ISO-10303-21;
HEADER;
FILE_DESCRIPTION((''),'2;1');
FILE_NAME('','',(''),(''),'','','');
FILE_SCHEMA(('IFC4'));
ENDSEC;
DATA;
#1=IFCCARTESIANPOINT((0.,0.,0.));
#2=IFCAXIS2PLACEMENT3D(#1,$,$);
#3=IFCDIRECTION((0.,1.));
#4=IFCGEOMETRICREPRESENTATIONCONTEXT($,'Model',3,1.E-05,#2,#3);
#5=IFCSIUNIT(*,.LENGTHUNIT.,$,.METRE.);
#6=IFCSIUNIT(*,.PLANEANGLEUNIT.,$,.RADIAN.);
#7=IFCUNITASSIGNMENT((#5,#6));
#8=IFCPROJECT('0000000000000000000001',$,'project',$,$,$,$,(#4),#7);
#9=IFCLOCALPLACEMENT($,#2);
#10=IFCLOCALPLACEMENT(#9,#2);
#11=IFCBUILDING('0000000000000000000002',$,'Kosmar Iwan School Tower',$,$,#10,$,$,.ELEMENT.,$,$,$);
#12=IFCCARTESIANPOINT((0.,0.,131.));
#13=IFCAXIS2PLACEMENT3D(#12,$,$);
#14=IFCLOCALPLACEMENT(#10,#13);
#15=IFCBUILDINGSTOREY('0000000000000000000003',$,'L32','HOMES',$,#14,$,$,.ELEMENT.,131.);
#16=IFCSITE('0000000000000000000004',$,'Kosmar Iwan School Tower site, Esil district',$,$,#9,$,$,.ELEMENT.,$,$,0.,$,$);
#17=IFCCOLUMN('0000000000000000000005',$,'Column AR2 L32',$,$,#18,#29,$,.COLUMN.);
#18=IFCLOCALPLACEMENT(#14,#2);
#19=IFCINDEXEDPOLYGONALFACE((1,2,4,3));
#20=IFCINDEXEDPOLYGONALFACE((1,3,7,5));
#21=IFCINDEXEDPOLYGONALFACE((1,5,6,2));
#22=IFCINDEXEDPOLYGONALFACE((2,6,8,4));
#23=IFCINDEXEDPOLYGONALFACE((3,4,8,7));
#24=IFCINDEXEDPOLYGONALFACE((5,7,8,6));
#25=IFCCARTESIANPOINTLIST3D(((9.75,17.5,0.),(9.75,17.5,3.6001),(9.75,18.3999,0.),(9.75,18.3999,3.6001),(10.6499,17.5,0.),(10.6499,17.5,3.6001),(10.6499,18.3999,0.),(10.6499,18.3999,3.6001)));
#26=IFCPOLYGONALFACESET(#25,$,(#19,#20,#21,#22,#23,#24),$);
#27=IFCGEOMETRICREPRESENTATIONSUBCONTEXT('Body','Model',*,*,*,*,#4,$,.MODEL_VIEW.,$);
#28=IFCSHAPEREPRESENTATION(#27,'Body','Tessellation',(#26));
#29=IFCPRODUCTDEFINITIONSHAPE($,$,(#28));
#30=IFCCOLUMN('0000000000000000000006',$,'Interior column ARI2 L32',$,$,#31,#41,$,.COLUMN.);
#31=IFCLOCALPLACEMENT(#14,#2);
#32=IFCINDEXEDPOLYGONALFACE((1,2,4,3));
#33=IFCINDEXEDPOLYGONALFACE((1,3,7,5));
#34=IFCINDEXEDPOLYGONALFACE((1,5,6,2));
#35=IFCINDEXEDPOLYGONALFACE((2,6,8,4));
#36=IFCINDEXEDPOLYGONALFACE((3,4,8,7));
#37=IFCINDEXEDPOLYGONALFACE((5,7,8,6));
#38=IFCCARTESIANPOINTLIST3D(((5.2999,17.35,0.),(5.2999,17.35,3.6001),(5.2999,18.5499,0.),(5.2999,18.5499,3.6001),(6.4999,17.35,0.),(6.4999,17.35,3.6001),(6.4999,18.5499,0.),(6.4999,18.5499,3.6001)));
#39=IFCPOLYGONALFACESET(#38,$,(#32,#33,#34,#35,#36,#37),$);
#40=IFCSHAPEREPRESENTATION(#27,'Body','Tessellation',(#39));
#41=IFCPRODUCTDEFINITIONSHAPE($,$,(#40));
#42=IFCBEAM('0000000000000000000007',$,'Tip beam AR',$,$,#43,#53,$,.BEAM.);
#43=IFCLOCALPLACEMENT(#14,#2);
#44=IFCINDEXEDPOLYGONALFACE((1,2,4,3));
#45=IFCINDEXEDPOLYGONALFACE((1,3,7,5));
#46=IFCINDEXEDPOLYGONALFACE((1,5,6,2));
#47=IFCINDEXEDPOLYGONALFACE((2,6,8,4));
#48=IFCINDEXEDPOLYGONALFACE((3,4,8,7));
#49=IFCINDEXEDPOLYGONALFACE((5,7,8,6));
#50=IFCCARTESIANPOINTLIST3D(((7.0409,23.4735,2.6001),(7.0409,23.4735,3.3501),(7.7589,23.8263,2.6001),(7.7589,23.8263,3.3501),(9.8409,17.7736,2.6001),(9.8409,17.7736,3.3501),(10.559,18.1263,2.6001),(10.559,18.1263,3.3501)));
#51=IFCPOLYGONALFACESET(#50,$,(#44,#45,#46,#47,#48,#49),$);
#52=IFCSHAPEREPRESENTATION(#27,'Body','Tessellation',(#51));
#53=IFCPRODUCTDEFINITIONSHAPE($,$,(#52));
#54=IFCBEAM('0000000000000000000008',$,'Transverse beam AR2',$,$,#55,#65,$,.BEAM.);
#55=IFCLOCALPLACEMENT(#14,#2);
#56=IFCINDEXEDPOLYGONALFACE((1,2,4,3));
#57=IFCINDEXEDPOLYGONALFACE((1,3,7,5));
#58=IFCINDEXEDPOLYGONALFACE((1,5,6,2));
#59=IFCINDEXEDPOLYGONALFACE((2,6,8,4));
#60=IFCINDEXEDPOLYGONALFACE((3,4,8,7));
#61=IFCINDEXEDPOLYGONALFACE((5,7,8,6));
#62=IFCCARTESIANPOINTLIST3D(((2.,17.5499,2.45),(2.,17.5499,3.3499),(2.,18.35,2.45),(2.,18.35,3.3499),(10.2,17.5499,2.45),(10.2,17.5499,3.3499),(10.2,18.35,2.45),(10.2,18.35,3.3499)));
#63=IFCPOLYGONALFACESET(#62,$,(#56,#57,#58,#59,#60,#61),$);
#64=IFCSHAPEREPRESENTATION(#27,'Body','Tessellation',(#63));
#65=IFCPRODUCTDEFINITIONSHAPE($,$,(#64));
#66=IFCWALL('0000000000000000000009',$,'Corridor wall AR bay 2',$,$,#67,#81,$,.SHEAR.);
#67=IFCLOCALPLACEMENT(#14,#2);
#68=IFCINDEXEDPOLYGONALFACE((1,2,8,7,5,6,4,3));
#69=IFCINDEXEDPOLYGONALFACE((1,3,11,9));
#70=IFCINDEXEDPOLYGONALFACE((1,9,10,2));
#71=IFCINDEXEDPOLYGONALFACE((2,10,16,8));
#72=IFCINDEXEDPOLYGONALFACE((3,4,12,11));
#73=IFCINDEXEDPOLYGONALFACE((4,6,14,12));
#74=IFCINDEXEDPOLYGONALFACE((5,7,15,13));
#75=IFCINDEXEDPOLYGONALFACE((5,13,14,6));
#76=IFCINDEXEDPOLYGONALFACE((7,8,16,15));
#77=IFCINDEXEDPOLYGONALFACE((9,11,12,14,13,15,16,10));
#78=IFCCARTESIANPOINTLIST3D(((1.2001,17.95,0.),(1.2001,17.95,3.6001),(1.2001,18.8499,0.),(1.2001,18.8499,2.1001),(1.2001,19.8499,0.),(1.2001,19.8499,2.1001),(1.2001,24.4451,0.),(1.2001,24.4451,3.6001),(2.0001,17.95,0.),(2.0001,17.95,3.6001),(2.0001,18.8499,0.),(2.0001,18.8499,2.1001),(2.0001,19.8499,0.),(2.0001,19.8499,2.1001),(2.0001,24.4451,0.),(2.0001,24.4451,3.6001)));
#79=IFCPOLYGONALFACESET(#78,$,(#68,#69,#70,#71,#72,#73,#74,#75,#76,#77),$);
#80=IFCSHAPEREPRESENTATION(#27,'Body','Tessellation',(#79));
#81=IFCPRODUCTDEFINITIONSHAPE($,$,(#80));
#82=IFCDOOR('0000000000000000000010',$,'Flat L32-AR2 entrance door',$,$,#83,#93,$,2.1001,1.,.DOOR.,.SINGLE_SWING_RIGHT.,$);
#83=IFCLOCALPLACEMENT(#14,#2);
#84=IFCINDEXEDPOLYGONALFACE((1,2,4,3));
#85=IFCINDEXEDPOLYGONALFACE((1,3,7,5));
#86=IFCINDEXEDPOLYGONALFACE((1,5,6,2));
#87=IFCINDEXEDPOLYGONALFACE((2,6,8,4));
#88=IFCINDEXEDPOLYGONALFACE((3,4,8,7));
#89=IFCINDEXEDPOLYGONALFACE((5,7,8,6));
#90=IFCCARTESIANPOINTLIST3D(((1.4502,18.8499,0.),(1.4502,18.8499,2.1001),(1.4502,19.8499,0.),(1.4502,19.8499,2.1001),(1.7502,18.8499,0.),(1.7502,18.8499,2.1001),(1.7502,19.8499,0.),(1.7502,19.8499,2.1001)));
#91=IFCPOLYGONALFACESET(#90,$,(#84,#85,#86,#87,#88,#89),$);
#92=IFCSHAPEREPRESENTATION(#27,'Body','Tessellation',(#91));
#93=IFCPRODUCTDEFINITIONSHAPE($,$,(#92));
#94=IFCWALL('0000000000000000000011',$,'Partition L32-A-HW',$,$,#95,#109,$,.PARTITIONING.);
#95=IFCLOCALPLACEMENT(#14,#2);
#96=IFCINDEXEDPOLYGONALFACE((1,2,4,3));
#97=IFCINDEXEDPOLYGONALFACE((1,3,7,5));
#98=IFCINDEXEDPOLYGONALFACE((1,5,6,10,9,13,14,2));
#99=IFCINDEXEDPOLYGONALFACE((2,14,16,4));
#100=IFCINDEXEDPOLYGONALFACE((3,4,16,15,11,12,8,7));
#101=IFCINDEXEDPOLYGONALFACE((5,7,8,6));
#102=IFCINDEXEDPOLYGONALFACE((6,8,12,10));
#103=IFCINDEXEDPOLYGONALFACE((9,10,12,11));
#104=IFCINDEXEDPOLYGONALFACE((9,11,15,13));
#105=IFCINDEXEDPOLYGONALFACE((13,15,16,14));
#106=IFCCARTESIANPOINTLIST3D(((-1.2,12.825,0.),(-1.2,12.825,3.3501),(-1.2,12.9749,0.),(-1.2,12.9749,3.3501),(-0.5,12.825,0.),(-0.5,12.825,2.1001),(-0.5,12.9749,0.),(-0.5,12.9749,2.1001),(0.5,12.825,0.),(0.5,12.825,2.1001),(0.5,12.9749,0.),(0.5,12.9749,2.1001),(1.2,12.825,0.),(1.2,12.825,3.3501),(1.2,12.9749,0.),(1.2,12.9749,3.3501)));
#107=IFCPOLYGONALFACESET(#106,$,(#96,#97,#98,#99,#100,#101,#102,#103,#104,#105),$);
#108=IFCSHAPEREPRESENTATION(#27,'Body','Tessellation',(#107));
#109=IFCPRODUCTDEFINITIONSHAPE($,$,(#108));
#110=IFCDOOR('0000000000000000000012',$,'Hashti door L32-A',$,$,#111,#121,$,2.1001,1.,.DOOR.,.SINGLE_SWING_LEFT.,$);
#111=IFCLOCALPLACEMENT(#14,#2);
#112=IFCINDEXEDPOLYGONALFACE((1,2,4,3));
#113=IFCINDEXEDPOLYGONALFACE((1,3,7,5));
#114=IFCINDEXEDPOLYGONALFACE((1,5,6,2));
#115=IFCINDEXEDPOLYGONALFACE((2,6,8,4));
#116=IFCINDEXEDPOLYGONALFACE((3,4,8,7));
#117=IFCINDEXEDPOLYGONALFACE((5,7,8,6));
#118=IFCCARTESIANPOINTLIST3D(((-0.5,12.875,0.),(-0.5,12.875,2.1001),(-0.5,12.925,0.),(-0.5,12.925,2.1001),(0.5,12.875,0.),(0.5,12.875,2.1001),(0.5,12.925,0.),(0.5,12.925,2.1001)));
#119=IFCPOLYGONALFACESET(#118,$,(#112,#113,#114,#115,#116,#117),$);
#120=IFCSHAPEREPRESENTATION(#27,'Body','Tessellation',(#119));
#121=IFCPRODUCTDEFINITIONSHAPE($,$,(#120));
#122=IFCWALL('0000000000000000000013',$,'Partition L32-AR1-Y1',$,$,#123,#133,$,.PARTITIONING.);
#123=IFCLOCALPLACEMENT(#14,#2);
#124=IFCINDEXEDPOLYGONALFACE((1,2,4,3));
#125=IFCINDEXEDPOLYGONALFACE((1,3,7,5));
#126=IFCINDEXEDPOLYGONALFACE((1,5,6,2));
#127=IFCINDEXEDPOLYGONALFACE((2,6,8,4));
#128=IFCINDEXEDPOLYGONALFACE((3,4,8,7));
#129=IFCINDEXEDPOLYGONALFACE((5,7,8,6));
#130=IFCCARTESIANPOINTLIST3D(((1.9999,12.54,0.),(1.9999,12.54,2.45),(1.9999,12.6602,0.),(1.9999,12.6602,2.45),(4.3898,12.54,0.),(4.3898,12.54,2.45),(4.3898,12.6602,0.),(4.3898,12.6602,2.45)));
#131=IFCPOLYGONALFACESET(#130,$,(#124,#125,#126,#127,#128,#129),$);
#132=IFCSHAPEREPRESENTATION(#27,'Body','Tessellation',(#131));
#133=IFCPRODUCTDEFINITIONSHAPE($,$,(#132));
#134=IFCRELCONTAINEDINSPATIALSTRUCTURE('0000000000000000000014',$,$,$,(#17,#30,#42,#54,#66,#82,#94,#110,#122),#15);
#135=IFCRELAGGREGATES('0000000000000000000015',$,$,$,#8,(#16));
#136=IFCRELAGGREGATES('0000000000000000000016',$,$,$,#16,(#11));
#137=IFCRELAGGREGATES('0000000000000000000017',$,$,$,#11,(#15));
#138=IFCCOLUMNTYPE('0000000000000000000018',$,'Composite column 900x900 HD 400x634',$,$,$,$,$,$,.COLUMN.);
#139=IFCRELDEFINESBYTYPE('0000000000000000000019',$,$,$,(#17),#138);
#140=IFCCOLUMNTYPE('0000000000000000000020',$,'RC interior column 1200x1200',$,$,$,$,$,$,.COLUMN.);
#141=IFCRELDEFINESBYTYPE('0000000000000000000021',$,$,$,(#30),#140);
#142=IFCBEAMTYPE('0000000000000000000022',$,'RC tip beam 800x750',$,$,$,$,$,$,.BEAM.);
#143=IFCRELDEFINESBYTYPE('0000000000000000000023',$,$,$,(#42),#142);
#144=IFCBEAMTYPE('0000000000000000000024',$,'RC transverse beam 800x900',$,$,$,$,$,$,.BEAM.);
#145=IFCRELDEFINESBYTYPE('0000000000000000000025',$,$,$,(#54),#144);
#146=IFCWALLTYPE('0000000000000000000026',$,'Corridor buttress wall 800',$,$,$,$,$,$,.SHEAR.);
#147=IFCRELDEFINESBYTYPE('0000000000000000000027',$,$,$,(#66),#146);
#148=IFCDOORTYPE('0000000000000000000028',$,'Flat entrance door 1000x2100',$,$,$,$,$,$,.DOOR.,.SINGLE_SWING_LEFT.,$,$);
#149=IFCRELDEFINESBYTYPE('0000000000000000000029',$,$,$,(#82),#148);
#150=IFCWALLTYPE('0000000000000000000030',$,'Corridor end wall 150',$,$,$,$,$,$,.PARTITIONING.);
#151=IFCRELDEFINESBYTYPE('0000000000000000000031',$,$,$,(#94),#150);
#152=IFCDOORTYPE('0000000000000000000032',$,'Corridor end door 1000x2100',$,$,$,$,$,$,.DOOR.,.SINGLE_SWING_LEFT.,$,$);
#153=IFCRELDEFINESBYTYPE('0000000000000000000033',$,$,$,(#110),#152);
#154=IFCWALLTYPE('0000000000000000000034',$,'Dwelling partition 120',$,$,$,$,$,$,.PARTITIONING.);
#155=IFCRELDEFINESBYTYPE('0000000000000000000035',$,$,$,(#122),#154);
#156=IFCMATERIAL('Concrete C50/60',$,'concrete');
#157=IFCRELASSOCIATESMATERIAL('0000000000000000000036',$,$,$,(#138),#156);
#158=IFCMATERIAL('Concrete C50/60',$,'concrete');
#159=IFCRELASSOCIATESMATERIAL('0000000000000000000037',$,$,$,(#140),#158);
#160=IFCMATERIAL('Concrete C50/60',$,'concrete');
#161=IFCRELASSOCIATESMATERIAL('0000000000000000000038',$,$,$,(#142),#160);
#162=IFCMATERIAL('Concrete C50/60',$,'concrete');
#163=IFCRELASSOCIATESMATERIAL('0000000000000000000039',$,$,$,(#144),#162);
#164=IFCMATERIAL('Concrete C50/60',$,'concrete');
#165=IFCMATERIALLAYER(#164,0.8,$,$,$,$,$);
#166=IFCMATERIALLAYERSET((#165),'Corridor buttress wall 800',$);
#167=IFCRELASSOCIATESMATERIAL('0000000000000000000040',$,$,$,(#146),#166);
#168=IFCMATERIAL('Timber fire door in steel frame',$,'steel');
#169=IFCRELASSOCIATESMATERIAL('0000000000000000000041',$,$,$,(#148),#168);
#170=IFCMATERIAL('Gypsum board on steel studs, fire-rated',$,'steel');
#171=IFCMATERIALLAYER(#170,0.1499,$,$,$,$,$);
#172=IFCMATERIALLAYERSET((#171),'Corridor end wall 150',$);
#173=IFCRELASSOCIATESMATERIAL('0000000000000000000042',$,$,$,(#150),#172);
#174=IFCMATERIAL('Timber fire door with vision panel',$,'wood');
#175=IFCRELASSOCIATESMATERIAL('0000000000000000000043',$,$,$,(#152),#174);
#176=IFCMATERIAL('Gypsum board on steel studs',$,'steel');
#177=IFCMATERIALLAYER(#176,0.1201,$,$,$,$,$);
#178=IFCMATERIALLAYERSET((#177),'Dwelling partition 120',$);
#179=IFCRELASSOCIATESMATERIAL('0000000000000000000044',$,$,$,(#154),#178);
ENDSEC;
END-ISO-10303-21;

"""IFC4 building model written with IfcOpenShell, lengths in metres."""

from ifc_helpers import new_model, si_unit, direction, frame, frame_2d, origin, origin_2d, place, context, subcontext, project, spatial, rectangle, extrude, material, layer, layer_set, material_profile, profile_set, type_object, element, fill, save


model = new_model("IFC4")

# Units and contexts
model_context = context("Model", 3, precision=1e-05, world=origin(), true_north=direction((0.0, 1.0)))
body_context = subcontext(model_context, "Body", "Model", "MODEL_VIEW")
ifc_project = project(units=[si_unit("LENGTHUNIT", "METRE"), si_unit("PLANEANGLEUNIT", "RADIAN")], contexts=[model_context])

# Site, building, storey
site_placement = place(None, origin())
site = spatial("IfcSite", under=ifc_project, at=site_placement, Name="Kosmar Iwan School Tower site, Esil district", CompositionType="ELEMENT", RefElevation=0.0)
building_placement = place(site_placement, origin())
building = spatial("IfcBuilding", under=site, at=building_placement, Name="Kosmar Iwan School Tower", CompositionType="ELEMENT")
storey_placement = place(building_placement, frame((0.0, 0.0, 131.0)))
storey = spatial("IfcBuildingStorey", under=building, at=storey_placement, Name="L32", Description="HOMES", CompositionType="ELEMENT", Elevation=131.0)

# Columns
ifc_material_1 = material(Name="Concrete C50/60", Category="concrete")
ifc_material_profile_1 = material_profile(ifc_material_1, rectangle(XDim=0.8999, YDim=0.8999, at=origin_2d()), Name="RC 900x900 + HD 400x634")
ifc_profile_set_1 = profile_set([ifc_material_profile_1], Name="Concrete C50/60")
column_type_1 = type_object("IfcColumnType", Name="Composite column 900x900 HD 400x634", PredefinedType="COLUMN", material=ifc_profile_set_1)
column_1_placement = place(storey_placement, frame((10.2, 17.95, 0.0), z_axis=(0.0, 0.0, 1.0), x_axis=(0.0, 1.0, 0.0)))
element("IfcColumn", 1, at=column_1_placement, inside=storey, type_object=column_type_1, Name="Column AR2 L32", PredefinedType="COLUMN", context=body_context, shape_type="SweptSolid", body=[
    extrude(rectangle(XDim=0.8999, YDim=0.8999, at=origin_2d()), origin(), (0.0, 0.0, 1.0), 3.6001),
])
ifc_material_2 = material(Name="Concrete C50/60", Category="concrete")
ifc_material_profile_2 = material_profile(ifc_material_2, rectangle(XDim=1.2, YDim=1.2, at=origin_2d()), Name="RC 1200x1200")
ifc_profile_set_2 = profile_set([ifc_material_profile_2], Name="Concrete C50/60")
column_type_2 = type_object("IfcColumnType", Name="RC interior column 1200x1200", PredefinedType="COLUMN", material=ifc_profile_set_2)
column_2_placement = place(storey_placement, frame((5.8999, 17.95, 0.0), z_axis=(0.0, 0.0, 1.0), x_axis=(0.0, 1.0, 0.0)))
element("IfcColumn", 2, at=column_2_placement, inside=storey, type_object=column_type_2, Name="Interior column ARI2 L32", PredefinedType="COLUMN", context=body_context, shape_type="SweptSolid", body=[
    extrude(rectangle(XDim=1.2, YDim=1.2, at=origin_2d()), origin(), (0.0, 0.0, 1.0), 3.6001),
])

# Beams
ifc_material_3 = material(Name="Concrete C50/60", Category="concrete")
ifc_material_profile_3 = material_profile(ifc_material_3, rectangle(XDim=0.8, YDim=0.75, at=origin_2d()), Name="RC 800x750")
ifc_profile_set_3 = profile_set([ifc_material_profile_3], Name="Concrete C50/60")
beam_type_1 = type_object("IfcBeamType", Name="RC tip beam 800x750", PredefinedType="BEAM", material=ifc_profile_set_3)
beam_1_placement = place(storey_placement, frame((10.2, 17.95, 2.9751), z_axis=(-0.440913, 0.89755, 0.0), x_axis=(-0.89755, -0.440913, 0.0)))
element("IfcBeam", 3, at=beam_1_placement, inside=storey, type_object=beam_type_1, Name="Tip beam AR", PredefinedType="BEAM", context=body_context, shape_type="SweptSolid", body=[
    extrude(rectangle(XDim=0.8, YDim=0.75, at=origin_2d()), origin(), (0.0, 0.0, 1.0), 6.3506),
])
ifc_material_4 = material(Name="Concrete C50/60", Category="concrete")
ifc_material_profile_4 = material_profile(ifc_material_4, rectangle(XDim=0.8, YDim=0.8999, at=origin_2d()), Name="RC 800x900")
ifc_profile_set_4 = profile_set([ifc_material_profile_4], Name="Concrete C50/60")
beam_type_2 = type_object("IfcBeamType", Name="RC transverse beam 800x900", PredefinedType="BEAM", material=ifc_profile_set_4)
beam_2_placement = place(storey_placement, frame((10.2, 17.95, 2.8999), z_axis=(-1.0, 0.0, 0.0), x_axis=(0.0, -1.0, 0.0)))
element("IfcBeam", 4, at=beam_2_placement, inside=storey, type_object=beam_type_2, Name="Transverse beam AR2", PredefinedType="BEAM", context=body_context, shape_type="SweptSolid", body=[
    extrude(rectangle(XDim=0.8, YDim=0.8999, at=origin_2d()), origin(), (0.0, 0.0, 1.0), 8.2),
])

# Walls, openings, doors
ifc_material_5 = material(Name="Concrete C50/60", Category="concrete")
ifc_layer_1 = layer(ifc_material_5, 0.8)
ifc_layer_set_1 = layer_set([ifc_layer_1], Name="Corridor buttress wall 800")
wall_type_1 = type_object("IfcWallType", Name="Corridor buttress wall 800", PredefinedType="SHEAR", material=ifc_layer_set_1)
wall_1_placement = place(storey_placement, frame((1.6001, 17.95, 0.0), z_axis=(0.0, 0.0, 1.0), x_axis=(0.0, 1.0, 0.0)))
wall_1 = element("IfcWall", 5, at=wall_1_placement, inside=storey, type_object=wall_type_1, Name="Corridor wall AR bay 2", PredefinedType="SHEAR", context=body_context, shape_type="SweptSolid", body=[
    extrude(rectangle(XDim=6.4951, YDim=0.8, at=frame_2d((3.2476, 0.0))), origin(), (0.0, 0.0, 1.0), 3.6001),
])
opening_1_placement = place(wall_1_placement, frame((0.8999, 0.0, 0.0)))
opening_1 = element("IfcOpeningElement", 6, at=opening_1_placement, cuts=wall_1, PredefinedType="OPENING", context=body_context, shape_type="SweptSolid", body=[
    extrude(rectangle(XDim=1.0, YDim=2.1001, at=frame_2d((0.5, 1.05))), frame((0.0, 0.4121, 0.0), z_axis=(0.0, -1.0, 0.0), x_axis=(1.0, 0.0, 0.0)), (0.0, 0.0, 1.0), 0.824),
])
ifc_material_6 = material(Name="Timber fire door in steel frame", Category="steel")
door_type_1 = type_object("IfcDoorType", Name="Flat entrance door 1000x2100", OperationType="SINGLE_SWING_LEFT", PredefinedType="DOOR", material=ifc_material_6)
door_1_placement = place(opening_1_placement, origin())
door_1 = element("IfcDoor", 7, at=door_1_placement, inside=storey, type_object=door_type_1, Name="Flat L32-AR2 entrance door", OperationType="SINGLE_SWING_RIGHT", OverallHeight=2.1001, OverallWidth=1.0, PredefinedType="DOOR", context=body_context, shape_type="SweptSolid", body=[
    extrude(rectangle(XDim=1.0, YDim=2.1001, at=frame_2d((0.5, 1.05))), frame((0.0, 0.1499, 0.0), z_axis=(0.0, -1.0, 0.0), x_axis=(1.0, 0.0, 0.0)), (0.0, 0.0, 1.0), 0.3),
])
fill(opening_1, door_1)
ifc_material_7 = material(Name="Gypsum board on steel studs, fire-rated", Category="steel")
ifc_layer_2 = layer(ifc_material_7, 0.1499)
ifc_layer_set_2 = layer_set([ifc_layer_2], Name="Corridor end wall 150")
wall_type_2 = type_object("IfcWallType", Name="Corridor end wall 150", PredefinedType="PARTITIONING", material=ifc_layer_set_2)
wall_2_placement = place(storey_placement, frame((1.2, 12.8999, 0.0), z_axis=(0.0, 0.0, 1.0), x_axis=(-1.0, 0.0, 0.0)))
wall_2 = element("IfcWall", 8, at=wall_2_placement, inside=storey, type_object=wall_type_2, Name="Partition L32-A-HW", PredefinedType="PARTITIONING", context=body_context, shape_type="SweptSolid", body=[
    extrude(rectangle(XDim=2.3999, YDim=0.1499, at=frame_2d((1.2, 0.0))), origin(), (0.0, 0.0, 1.0), 3.3501),
])
opening_2_placement = place(wall_2_placement, frame((0.7, 0.0, 0.0)))
opening_2 = element("IfcOpeningElement", 9, at=opening_2_placement, cuts=wall_2, PredefinedType="OPENING", context=body_context, shape_type="SweptSolid", body=[
    extrude(rectangle(XDim=1.0, YDim=2.1001, at=frame_2d((0.5, 1.05))), frame((0.0, 0.0869, 0.0), z_axis=(0.0, -1.0, 0.0), x_axis=(1.0, 0.0, 0.0)), (0.0, 0.0, 1.0), 0.1738),
])
ifc_material_8 = material(Name="Timber fire door with vision panel", Category="wood")
door_type_2 = type_object("IfcDoorType", Name="Corridor end door 1000x2100", OperationType="SINGLE_SWING_LEFT", PredefinedType="DOOR", material=ifc_material_8)
door_2_placement = place(opening_2_placement, origin())
door_2 = element("IfcDoor", 10, at=door_2_placement, inside=storey, type_object=door_type_2, Name="Hashti door L32-A", OperationType="SINGLE_SWING_LEFT", OverallHeight=2.1001, OverallWidth=1.0, PredefinedType="DOOR", context=body_context, shape_type="SweptSolid", body=[
    extrude(rectangle(XDim=1.0, YDim=2.1001, at=frame_2d((0.5, 1.05))), frame((0.0, 0.0249, 0.0), z_axis=(0.0, -1.0, 0.0), x_axis=(1.0, 0.0, 0.0)), (0.0, 0.0, 1.0), 0.05),
])
fill(opening_2, door_2)

# Wall
ifc_material_9 = material(Name="Gypsum board on steel studs", Category="steel")
ifc_layer_3 = layer(ifc_material_9, 0.1201)
ifc_layer_set_3 = layer_set([ifc_layer_3], Name="Dwelling partition 120")
wall_type_3 = type_object("IfcWallType", Name="Dwelling partition 120", PredefinedType="PARTITIONING", material=ifc_layer_set_3)
wall_3_placement = place(storey_placement, frame((2.0, 12.6001, 0.0), z_axis=(0.0, 0.0, 1.0), x_axis=(1.0, 0.0, 0.0)))
element("IfcWall", 11, at=wall_3_placement, inside=storey, type_object=wall_type_3, Name="Partition L32-AR1-Y1", PredefinedType="PARTITIONING", context=body_context, shape_type="SweptSolid", body=[
    extrude(rectangle(XDim=2.3899, YDim=0.1201, at=frame_2d((1.1948, 0.0))), origin(), (0.0, 0.0, 1.0), 2.45),
])

save(model, "model.ifc")
